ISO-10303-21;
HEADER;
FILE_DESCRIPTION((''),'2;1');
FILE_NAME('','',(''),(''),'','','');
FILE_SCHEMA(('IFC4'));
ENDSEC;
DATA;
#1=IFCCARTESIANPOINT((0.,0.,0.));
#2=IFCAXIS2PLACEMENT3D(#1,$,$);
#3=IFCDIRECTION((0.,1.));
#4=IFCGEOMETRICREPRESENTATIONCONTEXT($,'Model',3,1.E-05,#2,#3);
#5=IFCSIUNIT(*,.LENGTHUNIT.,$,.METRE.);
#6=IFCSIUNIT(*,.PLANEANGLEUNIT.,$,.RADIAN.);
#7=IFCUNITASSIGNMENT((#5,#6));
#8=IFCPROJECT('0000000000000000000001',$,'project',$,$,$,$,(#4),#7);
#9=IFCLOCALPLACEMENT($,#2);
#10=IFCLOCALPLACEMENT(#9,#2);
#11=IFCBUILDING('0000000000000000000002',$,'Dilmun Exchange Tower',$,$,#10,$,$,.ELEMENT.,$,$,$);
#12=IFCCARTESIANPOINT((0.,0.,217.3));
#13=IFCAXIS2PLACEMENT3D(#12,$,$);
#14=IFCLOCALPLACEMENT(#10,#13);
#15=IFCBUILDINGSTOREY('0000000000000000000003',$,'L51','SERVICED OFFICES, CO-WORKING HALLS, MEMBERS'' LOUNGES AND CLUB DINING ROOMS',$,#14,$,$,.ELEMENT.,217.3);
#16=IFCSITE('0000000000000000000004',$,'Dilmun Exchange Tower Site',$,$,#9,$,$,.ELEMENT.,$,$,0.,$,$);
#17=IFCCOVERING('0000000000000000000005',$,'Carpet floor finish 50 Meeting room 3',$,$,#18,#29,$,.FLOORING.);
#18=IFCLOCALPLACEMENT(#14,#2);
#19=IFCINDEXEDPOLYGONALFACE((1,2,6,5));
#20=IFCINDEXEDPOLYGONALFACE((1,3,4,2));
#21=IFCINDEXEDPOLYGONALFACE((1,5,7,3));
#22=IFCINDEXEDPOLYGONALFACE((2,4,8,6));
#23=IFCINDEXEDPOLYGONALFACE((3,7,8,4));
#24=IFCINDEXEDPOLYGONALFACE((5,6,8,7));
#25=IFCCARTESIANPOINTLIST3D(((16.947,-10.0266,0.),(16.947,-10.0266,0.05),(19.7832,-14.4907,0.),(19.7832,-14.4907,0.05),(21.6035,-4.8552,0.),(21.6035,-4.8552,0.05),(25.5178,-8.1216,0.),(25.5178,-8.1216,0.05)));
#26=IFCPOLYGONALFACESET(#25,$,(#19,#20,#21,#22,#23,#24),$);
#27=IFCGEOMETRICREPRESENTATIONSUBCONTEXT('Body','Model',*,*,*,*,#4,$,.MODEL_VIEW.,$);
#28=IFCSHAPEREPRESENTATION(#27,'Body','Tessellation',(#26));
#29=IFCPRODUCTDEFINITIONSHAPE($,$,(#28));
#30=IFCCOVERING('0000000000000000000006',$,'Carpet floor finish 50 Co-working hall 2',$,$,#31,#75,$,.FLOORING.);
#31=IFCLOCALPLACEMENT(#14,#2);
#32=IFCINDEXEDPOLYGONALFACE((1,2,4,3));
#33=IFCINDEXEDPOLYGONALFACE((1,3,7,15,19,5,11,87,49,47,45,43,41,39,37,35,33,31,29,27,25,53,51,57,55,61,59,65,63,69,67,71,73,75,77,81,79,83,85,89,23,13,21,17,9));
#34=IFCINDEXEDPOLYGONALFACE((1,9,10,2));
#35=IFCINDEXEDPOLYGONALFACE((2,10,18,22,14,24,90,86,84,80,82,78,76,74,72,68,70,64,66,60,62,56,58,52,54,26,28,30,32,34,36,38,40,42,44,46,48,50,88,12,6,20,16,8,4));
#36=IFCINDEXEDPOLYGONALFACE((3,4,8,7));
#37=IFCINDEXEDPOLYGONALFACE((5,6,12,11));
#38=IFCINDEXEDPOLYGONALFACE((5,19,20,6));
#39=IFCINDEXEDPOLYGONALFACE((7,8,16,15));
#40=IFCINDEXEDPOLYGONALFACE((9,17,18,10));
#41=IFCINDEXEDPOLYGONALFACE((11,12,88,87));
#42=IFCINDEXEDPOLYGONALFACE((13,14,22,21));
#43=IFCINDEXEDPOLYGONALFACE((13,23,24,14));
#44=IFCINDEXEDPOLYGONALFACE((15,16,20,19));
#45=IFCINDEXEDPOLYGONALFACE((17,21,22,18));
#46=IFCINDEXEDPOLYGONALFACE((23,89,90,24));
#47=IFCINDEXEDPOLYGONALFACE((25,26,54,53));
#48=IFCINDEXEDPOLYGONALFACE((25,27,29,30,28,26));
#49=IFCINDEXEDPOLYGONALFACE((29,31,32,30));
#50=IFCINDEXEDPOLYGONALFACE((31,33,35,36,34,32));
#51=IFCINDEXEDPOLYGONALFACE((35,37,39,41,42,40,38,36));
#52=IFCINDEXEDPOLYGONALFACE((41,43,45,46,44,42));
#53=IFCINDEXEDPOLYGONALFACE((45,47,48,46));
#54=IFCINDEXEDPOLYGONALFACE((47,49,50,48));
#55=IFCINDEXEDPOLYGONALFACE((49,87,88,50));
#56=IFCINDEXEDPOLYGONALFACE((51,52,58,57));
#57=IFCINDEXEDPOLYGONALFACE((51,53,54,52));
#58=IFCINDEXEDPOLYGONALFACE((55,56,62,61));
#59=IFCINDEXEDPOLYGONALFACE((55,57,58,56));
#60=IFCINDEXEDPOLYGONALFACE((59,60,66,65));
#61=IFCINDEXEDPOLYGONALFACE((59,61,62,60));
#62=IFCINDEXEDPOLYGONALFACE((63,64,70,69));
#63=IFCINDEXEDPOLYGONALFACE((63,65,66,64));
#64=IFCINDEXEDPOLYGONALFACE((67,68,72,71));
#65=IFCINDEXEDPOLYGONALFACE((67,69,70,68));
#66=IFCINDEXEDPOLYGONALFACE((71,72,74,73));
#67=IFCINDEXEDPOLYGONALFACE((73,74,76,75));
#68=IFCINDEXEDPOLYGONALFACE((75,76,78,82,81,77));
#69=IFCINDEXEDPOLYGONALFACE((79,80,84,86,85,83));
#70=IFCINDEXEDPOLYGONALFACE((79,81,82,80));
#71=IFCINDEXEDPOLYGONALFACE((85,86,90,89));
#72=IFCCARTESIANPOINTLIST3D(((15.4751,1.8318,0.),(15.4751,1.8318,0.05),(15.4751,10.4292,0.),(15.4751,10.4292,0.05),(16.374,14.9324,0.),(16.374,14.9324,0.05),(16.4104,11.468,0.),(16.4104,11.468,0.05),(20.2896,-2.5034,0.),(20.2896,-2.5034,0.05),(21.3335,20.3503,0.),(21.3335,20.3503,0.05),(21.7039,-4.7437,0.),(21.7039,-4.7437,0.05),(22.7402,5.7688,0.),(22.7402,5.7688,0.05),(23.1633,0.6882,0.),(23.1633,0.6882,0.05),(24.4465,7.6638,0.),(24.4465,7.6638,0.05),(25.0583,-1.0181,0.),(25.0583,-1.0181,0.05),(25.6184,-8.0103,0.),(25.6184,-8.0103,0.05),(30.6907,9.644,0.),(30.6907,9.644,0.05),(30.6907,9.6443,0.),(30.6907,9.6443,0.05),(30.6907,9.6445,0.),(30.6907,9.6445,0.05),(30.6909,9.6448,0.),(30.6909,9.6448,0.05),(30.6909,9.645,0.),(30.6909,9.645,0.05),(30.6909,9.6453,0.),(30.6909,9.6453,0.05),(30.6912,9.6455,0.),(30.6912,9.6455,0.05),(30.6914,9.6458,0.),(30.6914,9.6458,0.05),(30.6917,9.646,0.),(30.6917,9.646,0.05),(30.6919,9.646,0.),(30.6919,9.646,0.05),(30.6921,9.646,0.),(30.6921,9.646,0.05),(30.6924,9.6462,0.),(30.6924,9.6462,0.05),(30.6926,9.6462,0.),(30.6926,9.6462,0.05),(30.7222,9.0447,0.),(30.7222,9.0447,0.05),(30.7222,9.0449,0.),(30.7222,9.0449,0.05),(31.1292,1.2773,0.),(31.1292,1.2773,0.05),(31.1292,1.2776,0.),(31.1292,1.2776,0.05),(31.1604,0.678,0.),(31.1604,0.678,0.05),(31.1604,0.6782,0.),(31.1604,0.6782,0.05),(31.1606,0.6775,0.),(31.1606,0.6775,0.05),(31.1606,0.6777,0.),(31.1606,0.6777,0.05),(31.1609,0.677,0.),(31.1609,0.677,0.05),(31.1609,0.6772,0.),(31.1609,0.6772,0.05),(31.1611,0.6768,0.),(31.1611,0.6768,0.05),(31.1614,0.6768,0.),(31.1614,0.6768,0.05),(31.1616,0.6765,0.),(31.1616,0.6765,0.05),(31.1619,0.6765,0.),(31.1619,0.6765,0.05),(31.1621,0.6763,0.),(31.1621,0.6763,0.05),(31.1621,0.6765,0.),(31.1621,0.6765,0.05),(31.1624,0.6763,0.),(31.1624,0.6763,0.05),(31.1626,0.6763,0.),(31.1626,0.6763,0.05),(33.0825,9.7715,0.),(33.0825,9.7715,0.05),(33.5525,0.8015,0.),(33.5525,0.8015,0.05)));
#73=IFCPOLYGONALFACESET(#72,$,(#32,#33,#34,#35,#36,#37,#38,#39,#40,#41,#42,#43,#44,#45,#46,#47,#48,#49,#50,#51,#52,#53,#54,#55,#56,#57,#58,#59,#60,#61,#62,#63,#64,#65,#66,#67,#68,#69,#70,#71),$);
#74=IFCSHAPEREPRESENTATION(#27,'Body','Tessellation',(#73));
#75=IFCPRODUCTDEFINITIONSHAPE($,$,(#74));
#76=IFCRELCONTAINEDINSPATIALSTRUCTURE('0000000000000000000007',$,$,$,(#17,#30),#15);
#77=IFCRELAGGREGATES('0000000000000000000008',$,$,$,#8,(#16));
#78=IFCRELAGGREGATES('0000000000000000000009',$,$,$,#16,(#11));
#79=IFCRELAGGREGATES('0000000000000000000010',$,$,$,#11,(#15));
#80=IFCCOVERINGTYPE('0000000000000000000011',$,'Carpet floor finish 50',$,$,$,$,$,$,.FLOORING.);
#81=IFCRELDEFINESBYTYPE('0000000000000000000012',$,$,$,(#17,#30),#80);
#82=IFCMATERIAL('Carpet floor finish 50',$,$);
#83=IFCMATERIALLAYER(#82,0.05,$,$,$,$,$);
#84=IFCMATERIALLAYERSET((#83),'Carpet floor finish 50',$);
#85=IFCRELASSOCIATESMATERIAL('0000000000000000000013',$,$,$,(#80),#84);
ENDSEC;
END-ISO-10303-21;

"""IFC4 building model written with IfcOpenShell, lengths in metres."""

from ifc_helpers import new_model, si_unit, direction, frame, origin, place, context, subcontext, project, spatial, polyline, outline, extrude, material, layer, layer_set, type_object, element, save


model = new_model("IFC4")

# Units and contexts
model_context = context("Model", 3, precision=1e-05, world=origin(), true_north=direction((0.0, 1.0)))
body_context = subcontext(model_context, "Body", "Model", "MODEL_VIEW")
ifc_project = project(units=[si_unit("LENGTHUNIT", "METRE"), si_unit("PLANEANGLEUNIT", "RADIAN")], contexts=[model_context])

# Site, building, storey
site_placement = place(None, origin())
site = spatial("IfcSite", under=ifc_project, at=site_placement, Name="Dilmun Exchange Tower Site", CompositionType="ELEMENT", RefElevation=0.0)
building_placement = place(site_placement, origin())
building = spatial("IfcBuilding", under=site, at=building_placement, Name="Dilmun Exchange Tower", CompositionType="ELEMENT")
storey_placement = place(building_placement, frame((0.0, 0.0, 217.3)))
storey = spatial("IfcBuildingStorey", under=building, at=storey_placement, Name="L51", Description="SERVICED OFFICES, CO-WORKING HALLS, MEMBERS' LOUNGES AND CLUB DINING ROOMS", CompositionType="ELEMENT", Elevation=217.3)

# Coverings
ifc_material_1 = material(Name="Carpet floor finish 50")
ifc_layer_1 = layer(ifc_material_1, 0.05)
ifc_layer_set_1 = layer_set([ifc_layer_1], Name="Carpet floor finish 50")
covering_type = type_object("IfcCoveringType", Name="Carpet floor finish 50", PredefinedType="FLOORING", material=ifc_layer_set_1)
covering_1_placement = place(storey_placement, origin())
element("IfcCovering", 1, at=covering_1_placement, inside=storey, type_object=covering_type, Name="Carpet floor finish 50 Meeting room 3", PredefinedType="FLOORING", context=body_context, shape_type="SweptSolid", body=[
    extrude(outline(polyline([(16.947, -10.0266), (21.6035, -4.8552), (25.5178, -8.1216), (19.7832, -14.4907), (16.947, -10.0266)])), origin(), (0.0, 0.0, 1.0), 0.05),
])
covering_2_placement = place(storey_placement, origin())
element("IfcCovering", 2, at=covering_2_placement, inside=storey, type_object=covering_type, Name="Carpet floor finish 50 Co-working hall 2", PredefinedType="FLOORING", context=body_context, shape_type="SweptSolid", body=[
    extrude(outline(polyline([(21.7039, -4.7437), (25.0583, -1.0181), (23.1633, 0.6882), (20.2896, -2.5034), (15.4751, 1.8318), (15.4751, 10.4292), (16.4104, 11.468), (22.7402, 5.7688), (24.4465, 7.6638), (16.374, 14.9324), (21.3335, 20.3503), (33.0825, 9.7715), (30.6926, 9.6462), (30.6924, 9.6462), (30.6921, 9.646), (30.6919, 9.646), (30.6919, 9.646), (30.6917, 9.646), (30.6914, 9.6458), (30.6914, 9.6458), (30.6912, 9.6455), (30.6912, 9.6455), (30.6909, 9.6453), (30.6909, 9.645), (30.6909, 9.645), (30.6909, 9.6448), (30.6907, 9.6445), (30.6907, 9.6443), (30.6907, 9.644), (30.7222, 9.0449), (30.7222, 9.0447), (30.7222, 9.0447), (31.1292, 1.2776), (31.1292, 1.2776), (31.1292, 1.2773), (31.1604, 0.6782), (31.1604, 0.678), (31.1606, 0.6777), (31.1606, 0.6775), (31.1606, 0.6775), (31.1609, 0.6772), (31.1609, 0.677), (31.1609, 0.677), (31.1611, 0.6768), (31.1614, 0.6768), (31.1616, 0.6765), (31.1616, 0.6765), (31.1619, 0.6765), (31.1621, 0.6765), (31.1621, 0.6763), (31.1624, 0.6763), (31.1626, 0.6763), (33.5525, 0.8015), (25.6184, -8.0103), (21.7039, -4.7437)])), origin(), (0.0, 0.0, 1.0), 0.05),
])

save(model, "model.ifc")
